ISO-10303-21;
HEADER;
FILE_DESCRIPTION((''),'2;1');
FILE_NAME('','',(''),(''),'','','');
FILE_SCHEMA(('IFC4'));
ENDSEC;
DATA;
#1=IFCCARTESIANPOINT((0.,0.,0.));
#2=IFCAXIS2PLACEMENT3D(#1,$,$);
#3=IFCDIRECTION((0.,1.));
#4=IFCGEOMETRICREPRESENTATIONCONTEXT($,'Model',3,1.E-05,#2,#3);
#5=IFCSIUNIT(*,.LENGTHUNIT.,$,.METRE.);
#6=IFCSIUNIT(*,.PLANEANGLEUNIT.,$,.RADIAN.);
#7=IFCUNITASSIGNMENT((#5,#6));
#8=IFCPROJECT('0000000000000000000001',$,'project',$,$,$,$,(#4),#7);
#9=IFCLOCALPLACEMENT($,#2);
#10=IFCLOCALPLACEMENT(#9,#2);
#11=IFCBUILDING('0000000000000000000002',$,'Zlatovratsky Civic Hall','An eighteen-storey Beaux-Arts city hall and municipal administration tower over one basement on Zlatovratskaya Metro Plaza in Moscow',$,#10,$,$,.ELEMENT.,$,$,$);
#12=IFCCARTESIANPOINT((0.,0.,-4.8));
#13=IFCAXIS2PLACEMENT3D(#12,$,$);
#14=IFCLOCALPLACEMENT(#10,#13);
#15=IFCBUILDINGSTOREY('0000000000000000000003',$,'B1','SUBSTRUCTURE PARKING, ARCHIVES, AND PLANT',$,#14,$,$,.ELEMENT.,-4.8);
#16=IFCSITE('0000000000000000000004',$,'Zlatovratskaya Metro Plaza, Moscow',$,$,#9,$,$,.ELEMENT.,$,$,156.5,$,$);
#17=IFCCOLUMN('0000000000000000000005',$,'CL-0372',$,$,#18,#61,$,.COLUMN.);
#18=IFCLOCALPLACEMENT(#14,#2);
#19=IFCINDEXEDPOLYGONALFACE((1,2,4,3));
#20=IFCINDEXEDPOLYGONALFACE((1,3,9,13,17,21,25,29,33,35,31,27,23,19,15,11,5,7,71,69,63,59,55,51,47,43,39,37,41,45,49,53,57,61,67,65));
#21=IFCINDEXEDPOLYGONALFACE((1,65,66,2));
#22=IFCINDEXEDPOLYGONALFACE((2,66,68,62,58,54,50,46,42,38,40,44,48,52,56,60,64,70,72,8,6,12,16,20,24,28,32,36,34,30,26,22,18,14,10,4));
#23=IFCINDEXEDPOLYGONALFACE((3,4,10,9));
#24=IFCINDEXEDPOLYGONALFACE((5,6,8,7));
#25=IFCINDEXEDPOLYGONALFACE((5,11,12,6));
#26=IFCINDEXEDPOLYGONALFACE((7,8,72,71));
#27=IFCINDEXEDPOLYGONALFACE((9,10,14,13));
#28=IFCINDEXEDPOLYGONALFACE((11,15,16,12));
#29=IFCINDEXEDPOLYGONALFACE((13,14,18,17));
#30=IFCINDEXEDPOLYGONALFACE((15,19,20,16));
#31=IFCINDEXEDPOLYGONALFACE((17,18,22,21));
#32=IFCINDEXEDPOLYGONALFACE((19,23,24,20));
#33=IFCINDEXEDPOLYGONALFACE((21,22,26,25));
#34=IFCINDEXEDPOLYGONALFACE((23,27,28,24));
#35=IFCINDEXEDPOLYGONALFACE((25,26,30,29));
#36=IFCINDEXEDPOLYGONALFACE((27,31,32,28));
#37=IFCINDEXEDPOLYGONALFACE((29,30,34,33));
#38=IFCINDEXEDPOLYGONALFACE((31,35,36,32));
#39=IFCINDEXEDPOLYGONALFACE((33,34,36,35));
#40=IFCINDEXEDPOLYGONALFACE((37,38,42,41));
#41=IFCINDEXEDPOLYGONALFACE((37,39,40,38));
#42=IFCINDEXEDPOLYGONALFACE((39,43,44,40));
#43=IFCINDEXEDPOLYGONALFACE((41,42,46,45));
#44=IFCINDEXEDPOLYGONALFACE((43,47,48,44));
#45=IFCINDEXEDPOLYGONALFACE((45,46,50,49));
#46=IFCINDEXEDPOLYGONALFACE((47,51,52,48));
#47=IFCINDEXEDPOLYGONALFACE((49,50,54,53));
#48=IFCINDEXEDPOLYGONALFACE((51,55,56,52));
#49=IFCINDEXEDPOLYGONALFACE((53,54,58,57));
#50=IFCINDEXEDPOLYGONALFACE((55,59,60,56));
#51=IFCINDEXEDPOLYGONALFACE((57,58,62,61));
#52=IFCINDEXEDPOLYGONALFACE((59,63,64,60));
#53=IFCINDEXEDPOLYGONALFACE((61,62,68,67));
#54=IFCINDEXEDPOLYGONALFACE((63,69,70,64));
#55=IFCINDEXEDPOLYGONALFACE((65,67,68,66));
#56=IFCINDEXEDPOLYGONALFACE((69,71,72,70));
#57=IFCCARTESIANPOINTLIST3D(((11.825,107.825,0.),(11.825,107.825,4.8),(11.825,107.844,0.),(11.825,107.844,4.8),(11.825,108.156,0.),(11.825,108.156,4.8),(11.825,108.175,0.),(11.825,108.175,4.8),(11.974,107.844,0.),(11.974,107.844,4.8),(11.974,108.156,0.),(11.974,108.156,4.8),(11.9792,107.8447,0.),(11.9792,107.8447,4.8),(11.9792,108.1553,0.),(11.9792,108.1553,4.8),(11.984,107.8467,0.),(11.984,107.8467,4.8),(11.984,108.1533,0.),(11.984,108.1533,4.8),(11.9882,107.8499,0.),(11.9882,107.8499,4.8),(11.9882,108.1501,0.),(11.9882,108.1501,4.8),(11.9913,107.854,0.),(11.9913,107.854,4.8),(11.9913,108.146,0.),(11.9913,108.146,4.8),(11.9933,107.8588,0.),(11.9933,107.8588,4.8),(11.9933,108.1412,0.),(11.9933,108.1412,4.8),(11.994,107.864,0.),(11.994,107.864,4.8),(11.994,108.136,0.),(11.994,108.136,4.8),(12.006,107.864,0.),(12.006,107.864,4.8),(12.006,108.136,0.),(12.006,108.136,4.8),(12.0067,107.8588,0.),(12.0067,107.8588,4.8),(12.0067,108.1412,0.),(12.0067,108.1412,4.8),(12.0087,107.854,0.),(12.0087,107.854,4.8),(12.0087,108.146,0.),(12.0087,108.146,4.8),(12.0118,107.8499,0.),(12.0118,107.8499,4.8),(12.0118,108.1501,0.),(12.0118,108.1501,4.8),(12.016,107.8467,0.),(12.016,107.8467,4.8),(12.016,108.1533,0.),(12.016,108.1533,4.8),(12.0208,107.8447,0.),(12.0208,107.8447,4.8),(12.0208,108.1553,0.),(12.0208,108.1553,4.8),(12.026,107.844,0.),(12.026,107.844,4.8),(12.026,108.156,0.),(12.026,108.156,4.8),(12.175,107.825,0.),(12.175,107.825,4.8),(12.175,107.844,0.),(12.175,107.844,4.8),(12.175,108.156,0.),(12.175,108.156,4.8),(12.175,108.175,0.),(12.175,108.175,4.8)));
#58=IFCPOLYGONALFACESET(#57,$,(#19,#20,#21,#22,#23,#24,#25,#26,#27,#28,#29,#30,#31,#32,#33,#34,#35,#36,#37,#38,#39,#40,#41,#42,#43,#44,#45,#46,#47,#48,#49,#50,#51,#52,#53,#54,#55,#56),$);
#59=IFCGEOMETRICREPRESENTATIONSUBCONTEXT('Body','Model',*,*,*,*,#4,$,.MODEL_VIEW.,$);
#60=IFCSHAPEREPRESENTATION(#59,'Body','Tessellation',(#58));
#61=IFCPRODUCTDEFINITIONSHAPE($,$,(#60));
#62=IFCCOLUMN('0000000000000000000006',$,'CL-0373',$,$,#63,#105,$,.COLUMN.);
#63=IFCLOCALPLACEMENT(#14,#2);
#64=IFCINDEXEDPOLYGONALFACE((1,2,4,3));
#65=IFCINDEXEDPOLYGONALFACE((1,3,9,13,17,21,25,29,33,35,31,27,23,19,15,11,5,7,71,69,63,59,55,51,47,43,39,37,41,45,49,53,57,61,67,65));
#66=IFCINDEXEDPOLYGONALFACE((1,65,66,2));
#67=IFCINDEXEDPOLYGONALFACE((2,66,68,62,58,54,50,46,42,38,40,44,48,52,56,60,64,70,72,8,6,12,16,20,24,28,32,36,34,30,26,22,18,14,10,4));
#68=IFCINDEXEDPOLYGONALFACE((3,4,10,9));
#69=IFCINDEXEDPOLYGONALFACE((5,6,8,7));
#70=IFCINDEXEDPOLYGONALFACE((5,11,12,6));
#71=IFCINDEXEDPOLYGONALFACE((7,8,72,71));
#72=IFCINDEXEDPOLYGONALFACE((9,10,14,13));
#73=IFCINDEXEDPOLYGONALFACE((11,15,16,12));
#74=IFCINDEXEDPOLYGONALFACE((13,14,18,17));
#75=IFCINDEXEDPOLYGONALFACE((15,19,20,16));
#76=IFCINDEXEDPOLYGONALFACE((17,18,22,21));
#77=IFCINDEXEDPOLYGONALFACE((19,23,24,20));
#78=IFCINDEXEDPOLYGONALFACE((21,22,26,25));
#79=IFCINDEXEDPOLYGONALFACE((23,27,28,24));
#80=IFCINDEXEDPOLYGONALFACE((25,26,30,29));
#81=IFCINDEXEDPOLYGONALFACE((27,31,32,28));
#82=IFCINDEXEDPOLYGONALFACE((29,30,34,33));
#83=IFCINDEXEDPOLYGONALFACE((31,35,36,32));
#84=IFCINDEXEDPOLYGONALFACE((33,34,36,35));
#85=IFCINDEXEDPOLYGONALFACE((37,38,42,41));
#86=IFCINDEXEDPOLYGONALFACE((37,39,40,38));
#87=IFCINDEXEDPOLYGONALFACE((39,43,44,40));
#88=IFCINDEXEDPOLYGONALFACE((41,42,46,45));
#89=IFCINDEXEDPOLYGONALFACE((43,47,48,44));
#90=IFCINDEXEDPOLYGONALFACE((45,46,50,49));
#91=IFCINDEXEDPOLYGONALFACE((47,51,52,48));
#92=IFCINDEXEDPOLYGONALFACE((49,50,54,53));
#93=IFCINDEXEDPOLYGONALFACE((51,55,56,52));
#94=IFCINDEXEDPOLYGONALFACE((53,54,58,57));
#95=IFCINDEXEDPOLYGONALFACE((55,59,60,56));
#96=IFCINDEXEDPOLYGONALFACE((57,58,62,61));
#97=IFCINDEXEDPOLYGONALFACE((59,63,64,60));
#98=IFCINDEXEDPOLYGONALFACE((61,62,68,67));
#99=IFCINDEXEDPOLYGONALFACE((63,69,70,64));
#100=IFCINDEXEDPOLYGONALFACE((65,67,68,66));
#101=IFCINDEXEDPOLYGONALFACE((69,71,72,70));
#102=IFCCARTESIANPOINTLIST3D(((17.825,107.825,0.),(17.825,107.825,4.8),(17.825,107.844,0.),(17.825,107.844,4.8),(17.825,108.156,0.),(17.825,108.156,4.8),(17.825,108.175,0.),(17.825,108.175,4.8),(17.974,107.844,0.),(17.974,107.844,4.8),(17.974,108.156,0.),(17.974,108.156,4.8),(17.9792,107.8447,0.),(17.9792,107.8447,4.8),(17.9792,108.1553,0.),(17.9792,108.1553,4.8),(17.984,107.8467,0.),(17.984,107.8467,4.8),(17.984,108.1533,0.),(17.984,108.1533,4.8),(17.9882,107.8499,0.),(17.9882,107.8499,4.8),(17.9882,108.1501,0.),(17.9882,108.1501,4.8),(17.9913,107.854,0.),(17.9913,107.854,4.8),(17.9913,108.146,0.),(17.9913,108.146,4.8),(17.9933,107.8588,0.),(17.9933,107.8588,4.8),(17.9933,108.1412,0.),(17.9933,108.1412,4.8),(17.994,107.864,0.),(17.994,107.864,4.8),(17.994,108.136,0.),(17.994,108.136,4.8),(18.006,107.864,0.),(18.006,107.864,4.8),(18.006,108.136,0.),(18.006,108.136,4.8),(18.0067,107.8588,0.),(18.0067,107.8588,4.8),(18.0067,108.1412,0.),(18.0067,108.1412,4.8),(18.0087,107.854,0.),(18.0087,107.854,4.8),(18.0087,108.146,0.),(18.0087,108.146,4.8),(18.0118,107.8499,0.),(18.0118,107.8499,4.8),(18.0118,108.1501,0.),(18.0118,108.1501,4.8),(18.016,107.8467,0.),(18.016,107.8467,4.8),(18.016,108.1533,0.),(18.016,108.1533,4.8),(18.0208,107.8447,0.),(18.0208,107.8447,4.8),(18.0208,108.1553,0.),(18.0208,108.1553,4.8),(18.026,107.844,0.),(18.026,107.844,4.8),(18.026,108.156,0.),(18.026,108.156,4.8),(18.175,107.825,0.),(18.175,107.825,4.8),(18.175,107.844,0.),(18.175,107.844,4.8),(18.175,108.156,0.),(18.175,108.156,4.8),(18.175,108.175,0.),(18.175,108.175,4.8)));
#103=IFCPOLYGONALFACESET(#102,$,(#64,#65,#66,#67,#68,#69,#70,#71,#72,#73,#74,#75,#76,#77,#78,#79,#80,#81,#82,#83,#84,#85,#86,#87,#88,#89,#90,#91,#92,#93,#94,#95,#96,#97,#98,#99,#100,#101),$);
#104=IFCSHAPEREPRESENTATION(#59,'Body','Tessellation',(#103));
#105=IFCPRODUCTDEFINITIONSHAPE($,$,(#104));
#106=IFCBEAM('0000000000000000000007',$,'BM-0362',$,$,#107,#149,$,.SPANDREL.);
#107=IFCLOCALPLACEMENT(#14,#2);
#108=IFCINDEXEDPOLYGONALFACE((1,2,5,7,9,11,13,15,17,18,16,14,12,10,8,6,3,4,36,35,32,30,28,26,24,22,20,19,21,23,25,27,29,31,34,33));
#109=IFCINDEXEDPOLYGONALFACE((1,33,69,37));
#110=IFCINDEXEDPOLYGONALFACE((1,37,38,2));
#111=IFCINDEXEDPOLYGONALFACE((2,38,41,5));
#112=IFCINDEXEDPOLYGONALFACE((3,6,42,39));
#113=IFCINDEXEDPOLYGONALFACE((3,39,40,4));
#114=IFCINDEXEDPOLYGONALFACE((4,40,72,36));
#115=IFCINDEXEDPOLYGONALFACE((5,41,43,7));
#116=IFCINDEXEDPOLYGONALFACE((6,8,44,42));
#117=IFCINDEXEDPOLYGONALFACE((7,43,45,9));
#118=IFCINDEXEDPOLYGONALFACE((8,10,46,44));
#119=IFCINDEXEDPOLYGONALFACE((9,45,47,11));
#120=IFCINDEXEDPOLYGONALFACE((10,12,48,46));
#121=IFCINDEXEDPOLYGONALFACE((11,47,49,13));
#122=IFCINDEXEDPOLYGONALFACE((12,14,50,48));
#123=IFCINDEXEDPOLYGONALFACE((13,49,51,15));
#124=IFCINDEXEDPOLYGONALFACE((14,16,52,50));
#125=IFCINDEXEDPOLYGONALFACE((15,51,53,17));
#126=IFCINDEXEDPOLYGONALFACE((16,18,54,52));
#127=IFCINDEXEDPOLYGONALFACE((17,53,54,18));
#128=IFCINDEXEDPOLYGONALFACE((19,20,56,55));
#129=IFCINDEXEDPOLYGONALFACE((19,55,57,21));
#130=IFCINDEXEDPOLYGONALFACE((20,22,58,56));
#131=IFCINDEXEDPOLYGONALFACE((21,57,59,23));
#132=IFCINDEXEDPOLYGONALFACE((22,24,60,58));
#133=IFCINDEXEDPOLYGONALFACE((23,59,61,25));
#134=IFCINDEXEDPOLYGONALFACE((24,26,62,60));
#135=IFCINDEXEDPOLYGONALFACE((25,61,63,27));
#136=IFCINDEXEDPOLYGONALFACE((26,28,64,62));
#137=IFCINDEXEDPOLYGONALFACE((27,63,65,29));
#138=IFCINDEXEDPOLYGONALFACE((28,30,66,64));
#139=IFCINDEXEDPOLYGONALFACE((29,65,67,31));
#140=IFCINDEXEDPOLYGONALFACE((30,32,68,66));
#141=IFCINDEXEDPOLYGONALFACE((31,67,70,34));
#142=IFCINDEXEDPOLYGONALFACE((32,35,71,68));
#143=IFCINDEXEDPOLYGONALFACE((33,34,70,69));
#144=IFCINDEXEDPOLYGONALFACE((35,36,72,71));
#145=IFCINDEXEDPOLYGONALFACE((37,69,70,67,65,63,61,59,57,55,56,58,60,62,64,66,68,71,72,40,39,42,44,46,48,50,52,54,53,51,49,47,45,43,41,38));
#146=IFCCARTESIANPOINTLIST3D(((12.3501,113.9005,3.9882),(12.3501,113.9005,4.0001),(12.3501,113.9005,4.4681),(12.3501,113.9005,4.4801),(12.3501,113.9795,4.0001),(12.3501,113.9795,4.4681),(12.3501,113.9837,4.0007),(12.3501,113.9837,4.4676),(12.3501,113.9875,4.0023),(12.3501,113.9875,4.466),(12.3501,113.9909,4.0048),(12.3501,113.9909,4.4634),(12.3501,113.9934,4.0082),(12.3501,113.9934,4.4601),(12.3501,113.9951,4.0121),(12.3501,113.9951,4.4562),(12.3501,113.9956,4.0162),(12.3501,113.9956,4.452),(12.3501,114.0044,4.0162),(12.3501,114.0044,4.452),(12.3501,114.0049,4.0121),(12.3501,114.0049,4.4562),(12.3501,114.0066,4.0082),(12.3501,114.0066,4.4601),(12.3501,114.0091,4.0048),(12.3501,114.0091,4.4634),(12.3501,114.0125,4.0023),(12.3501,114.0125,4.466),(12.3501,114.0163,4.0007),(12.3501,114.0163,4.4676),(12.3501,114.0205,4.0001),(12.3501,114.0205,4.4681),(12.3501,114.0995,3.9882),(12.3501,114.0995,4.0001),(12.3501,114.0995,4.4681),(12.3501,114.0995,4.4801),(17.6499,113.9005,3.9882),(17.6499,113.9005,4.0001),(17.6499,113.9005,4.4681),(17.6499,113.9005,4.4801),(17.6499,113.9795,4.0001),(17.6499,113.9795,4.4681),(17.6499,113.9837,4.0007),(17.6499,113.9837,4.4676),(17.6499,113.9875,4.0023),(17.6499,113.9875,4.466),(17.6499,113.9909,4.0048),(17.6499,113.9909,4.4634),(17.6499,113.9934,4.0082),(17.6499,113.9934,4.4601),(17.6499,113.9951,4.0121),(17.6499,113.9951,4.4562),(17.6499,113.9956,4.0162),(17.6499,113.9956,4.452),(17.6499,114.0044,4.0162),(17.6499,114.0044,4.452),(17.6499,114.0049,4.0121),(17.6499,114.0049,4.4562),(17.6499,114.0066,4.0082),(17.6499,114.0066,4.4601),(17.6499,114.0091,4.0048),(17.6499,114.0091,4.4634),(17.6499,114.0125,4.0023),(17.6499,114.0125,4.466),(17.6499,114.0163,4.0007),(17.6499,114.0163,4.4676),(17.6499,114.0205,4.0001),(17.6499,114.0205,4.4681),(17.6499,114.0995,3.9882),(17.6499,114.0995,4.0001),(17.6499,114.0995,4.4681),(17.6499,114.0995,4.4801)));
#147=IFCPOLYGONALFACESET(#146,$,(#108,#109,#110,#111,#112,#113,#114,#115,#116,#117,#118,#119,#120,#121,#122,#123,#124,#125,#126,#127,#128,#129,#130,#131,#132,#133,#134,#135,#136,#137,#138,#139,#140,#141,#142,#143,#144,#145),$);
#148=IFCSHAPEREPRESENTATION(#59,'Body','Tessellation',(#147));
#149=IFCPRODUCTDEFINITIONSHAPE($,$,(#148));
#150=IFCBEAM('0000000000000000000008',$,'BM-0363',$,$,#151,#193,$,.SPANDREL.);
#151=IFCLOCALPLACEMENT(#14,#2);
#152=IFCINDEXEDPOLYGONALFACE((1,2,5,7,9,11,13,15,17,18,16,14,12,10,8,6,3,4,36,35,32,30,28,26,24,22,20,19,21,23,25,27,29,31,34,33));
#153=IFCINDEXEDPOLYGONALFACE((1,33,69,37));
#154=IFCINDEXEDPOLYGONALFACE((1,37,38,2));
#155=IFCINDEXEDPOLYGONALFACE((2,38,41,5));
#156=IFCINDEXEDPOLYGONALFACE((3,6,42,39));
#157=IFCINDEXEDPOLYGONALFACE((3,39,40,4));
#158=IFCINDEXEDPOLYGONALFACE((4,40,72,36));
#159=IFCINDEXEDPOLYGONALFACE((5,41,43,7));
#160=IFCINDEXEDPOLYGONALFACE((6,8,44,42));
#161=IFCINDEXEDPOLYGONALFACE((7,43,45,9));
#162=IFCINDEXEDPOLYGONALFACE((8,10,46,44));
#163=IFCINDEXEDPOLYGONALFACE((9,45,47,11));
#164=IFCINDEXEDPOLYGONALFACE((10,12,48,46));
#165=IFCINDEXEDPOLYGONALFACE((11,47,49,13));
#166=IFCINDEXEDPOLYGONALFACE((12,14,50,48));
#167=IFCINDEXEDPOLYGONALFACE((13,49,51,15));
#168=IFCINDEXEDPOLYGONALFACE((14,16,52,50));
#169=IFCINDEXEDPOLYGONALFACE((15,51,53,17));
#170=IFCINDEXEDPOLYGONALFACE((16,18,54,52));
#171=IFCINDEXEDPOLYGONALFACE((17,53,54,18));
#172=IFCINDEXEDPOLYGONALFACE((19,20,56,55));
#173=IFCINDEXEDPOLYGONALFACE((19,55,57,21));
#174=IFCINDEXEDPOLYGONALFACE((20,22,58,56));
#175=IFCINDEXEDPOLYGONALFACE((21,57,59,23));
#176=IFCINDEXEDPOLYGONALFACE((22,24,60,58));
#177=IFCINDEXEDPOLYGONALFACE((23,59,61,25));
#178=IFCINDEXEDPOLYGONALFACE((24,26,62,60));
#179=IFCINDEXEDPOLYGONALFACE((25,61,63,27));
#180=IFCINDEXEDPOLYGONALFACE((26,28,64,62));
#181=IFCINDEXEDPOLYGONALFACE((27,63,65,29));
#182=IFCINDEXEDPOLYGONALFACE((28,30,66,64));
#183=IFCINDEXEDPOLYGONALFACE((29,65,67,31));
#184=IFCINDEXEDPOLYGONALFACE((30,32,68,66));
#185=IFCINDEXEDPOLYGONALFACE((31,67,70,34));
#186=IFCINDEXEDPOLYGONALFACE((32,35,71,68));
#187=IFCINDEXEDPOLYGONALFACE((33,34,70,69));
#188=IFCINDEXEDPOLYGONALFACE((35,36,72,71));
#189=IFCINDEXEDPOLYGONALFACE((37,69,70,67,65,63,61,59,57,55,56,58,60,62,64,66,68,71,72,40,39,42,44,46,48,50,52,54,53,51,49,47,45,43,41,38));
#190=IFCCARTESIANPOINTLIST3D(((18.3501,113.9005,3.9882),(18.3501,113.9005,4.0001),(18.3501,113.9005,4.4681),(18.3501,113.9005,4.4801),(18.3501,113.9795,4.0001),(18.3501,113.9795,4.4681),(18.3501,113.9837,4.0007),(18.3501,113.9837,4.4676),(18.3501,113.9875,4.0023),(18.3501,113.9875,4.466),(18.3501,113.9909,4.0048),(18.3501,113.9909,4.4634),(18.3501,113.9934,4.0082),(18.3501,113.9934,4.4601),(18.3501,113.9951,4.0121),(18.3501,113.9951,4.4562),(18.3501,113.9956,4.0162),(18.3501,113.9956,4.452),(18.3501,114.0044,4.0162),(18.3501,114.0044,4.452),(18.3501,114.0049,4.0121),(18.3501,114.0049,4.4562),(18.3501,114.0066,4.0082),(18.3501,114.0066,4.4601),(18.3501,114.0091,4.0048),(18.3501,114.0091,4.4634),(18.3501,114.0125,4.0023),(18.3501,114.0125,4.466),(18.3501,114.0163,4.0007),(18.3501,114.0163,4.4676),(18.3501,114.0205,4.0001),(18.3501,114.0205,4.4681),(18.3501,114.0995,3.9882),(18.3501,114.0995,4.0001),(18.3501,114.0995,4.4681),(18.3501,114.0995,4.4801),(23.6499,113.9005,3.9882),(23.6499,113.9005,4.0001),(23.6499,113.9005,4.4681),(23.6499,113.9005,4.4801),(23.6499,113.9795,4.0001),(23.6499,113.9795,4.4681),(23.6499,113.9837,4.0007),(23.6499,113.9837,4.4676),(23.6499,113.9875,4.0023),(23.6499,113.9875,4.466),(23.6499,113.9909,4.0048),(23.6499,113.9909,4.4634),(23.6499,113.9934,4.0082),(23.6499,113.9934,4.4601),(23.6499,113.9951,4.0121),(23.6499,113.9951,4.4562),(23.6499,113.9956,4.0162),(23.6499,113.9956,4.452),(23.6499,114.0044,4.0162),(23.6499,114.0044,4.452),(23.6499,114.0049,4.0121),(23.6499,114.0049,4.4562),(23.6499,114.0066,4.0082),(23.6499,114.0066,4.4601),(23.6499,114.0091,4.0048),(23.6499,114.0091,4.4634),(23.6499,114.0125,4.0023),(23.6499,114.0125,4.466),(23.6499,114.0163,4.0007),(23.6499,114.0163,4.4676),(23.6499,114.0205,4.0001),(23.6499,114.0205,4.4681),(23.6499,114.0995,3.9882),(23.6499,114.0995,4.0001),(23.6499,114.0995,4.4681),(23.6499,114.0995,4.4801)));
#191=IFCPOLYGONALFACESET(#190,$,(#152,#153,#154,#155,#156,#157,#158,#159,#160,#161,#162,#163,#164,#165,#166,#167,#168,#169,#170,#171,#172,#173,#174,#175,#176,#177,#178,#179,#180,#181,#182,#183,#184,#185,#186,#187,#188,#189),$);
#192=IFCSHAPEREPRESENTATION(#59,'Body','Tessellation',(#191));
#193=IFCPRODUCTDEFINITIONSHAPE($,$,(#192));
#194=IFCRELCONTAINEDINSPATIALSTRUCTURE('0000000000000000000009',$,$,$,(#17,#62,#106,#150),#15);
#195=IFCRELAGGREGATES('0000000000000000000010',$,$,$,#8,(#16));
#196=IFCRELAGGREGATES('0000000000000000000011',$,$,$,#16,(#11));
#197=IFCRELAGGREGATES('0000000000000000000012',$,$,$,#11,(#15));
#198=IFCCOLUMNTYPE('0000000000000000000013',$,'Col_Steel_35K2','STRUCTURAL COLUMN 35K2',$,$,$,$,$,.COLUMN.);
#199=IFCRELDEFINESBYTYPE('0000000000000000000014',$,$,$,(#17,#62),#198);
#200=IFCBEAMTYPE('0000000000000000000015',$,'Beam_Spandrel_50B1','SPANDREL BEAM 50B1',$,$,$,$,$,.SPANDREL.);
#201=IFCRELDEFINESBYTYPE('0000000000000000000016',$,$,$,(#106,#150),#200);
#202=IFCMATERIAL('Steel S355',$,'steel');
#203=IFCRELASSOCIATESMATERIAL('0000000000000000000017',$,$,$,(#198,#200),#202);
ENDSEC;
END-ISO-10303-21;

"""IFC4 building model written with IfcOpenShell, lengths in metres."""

from ifc_helpers import new_model, si_unit, direction, frame, origin, origin_2d, place, context, subcontext, project, spatial, i_section, extrude, material, material_profile, profile_set, type_object, element, save


model = new_model("IFC4")

# Units and contexts
model_context = context("Model", 3, precision=1e-05, world=origin(), true_north=direction((0.0, 1.0)))
body_context = subcontext(model_context, "Body", "Model", "MODEL_VIEW")
ifc_project = project(units=[si_unit("LENGTHUNIT", "METRE"), si_unit("PLANEANGLEUNIT", "RADIAN")], contexts=[model_context])

# Site, building, storey
site_placement = place(None, origin())
site = spatial("IfcSite", under=ifc_project, at=site_placement, Name="Zlatovratskaya Metro Plaza, Moscow", CompositionType="ELEMENT", RefElevation=156.5)
building_placement = place(site_placement, origin())
building = spatial("IfcBuilding", under=site, at=building_placement, Name="Zlatovratsky Civic Hall", Description="An eighteen-storey Beaux-Arts city hall and municipal administration tower over one basement on Zlatovratskaya Metro Plaza in Moscow", CompositionType="ELEMENT")
storey_placement = place(building_placement, frame((0.0, 0.0, -4.8)))
storey = spatial("IfcBuildingStorey", under=building, at=storey_placement, Name="B1", Description="SUBSTRUCTURE PARKING, ARCHIVES, AND PLANT", CompositionType="ELEMENT", Elevation=-4.8)

# Columns
ifc_material_1 = material(Name="Steel S355", Category="steel")
ifc_material_profile_1 = material_profile(ifc_material_1, i_section(OverallWidth=0.3501, OverallDepth=0.3501, WebThickness=0.012, FlangeThickness=0.019, FilletRadius=0.02, at=origin_2d()), Name="35K2")
ifc_profile_set_1 = profile_set([ifc_material_profile_1], Name="Steel S355")
column_type_1 = type_object("IfcColumnType", Name="Col_Steel_35K2", Description="STRUCTURAL COLUMN 35K2", PredefinedType="COLUMN", material=ifc_profile_set_1)
for number, where, z_axis, x_axis, name in (
    (1, (12.0, 108.0, 0.0), (0.0, 0.0, 1.0), (1.0, 0.0, 0.0), "CL-0372"),
    (2, (18.0, 108.0, 0.0), (0.0, 0.0, 1.0), (1.0, 0.0, 0.0), "CL-0373"),
):
    element("IfcColumn", number, at=place(storey_placement, frame(where, z_axis=z_axis, x_axis=x_axis)), inside=storey, type_object=column_type_1, Name=name, PredefinedType="COLUMN", context=body_context, shape_type="SweptSolid", body=[
        extrude(i_section(OverallWidth=0.3501, OverallDepth=0.3501, WebThickness=0.012, FlangeThickness=0.019, FilletRadius=0.02, at=origin_2d()), origin(), (0.0, 0.0, 1.0), 4.8),
    ])

# Beams
ifc_material_profile_2 = material_profile(ifc_material_1, i_section(OverallWidth=0.199, OverallDepth=0.4919, WebThickness=0.0088, FlangeThickness=0.012, FilletRadius=0.0161, at=origin_2d()), Name="50B1")
ifc_profile_set_2 = profile_set([ifc_material_profile_2], Name="Steel S355")
beam_type_1 = type_object("IfcBeamType", Name="Beam_Spandrel_50B1", Description="SPANDREL BEAM 50B1", PredefinedType="SPANDREL", material=ifc_profile_set_2)
for number, where, z_axis, x_axis, name in (
    (3, (12.3501, 114.0, 4.2341), (1.0, 0.0, 0.0), (0.0, 1.0, 0.0), "BM-0362"),
    (4, (18.3501, 114.0, 4.2341), (1.0, 0.0, 0.0), (0.0, 1.0, 0.0), "BM-0363"),
):
    element("IfcBeam", number, at=place(storey_placement, frame(where, z_axis=z_axis, x_axis=x_axis)), inside=storey, type_object=beam_type_1, Name=name, PredefinedType="SPANDREL", context=body_context, shape_type="SweptSolid", body=[
        extrude(i_section(OverallWidth=0.199, OverallDepth=0.4919, WebThickness=0.0088, FlangeThickness=0.012, FilletRadius=0.0161, at=origin_2d()), origin(), (0.0, 0.0, 1.0), 5.2998),
    ])

save(model, "model.ifc")
